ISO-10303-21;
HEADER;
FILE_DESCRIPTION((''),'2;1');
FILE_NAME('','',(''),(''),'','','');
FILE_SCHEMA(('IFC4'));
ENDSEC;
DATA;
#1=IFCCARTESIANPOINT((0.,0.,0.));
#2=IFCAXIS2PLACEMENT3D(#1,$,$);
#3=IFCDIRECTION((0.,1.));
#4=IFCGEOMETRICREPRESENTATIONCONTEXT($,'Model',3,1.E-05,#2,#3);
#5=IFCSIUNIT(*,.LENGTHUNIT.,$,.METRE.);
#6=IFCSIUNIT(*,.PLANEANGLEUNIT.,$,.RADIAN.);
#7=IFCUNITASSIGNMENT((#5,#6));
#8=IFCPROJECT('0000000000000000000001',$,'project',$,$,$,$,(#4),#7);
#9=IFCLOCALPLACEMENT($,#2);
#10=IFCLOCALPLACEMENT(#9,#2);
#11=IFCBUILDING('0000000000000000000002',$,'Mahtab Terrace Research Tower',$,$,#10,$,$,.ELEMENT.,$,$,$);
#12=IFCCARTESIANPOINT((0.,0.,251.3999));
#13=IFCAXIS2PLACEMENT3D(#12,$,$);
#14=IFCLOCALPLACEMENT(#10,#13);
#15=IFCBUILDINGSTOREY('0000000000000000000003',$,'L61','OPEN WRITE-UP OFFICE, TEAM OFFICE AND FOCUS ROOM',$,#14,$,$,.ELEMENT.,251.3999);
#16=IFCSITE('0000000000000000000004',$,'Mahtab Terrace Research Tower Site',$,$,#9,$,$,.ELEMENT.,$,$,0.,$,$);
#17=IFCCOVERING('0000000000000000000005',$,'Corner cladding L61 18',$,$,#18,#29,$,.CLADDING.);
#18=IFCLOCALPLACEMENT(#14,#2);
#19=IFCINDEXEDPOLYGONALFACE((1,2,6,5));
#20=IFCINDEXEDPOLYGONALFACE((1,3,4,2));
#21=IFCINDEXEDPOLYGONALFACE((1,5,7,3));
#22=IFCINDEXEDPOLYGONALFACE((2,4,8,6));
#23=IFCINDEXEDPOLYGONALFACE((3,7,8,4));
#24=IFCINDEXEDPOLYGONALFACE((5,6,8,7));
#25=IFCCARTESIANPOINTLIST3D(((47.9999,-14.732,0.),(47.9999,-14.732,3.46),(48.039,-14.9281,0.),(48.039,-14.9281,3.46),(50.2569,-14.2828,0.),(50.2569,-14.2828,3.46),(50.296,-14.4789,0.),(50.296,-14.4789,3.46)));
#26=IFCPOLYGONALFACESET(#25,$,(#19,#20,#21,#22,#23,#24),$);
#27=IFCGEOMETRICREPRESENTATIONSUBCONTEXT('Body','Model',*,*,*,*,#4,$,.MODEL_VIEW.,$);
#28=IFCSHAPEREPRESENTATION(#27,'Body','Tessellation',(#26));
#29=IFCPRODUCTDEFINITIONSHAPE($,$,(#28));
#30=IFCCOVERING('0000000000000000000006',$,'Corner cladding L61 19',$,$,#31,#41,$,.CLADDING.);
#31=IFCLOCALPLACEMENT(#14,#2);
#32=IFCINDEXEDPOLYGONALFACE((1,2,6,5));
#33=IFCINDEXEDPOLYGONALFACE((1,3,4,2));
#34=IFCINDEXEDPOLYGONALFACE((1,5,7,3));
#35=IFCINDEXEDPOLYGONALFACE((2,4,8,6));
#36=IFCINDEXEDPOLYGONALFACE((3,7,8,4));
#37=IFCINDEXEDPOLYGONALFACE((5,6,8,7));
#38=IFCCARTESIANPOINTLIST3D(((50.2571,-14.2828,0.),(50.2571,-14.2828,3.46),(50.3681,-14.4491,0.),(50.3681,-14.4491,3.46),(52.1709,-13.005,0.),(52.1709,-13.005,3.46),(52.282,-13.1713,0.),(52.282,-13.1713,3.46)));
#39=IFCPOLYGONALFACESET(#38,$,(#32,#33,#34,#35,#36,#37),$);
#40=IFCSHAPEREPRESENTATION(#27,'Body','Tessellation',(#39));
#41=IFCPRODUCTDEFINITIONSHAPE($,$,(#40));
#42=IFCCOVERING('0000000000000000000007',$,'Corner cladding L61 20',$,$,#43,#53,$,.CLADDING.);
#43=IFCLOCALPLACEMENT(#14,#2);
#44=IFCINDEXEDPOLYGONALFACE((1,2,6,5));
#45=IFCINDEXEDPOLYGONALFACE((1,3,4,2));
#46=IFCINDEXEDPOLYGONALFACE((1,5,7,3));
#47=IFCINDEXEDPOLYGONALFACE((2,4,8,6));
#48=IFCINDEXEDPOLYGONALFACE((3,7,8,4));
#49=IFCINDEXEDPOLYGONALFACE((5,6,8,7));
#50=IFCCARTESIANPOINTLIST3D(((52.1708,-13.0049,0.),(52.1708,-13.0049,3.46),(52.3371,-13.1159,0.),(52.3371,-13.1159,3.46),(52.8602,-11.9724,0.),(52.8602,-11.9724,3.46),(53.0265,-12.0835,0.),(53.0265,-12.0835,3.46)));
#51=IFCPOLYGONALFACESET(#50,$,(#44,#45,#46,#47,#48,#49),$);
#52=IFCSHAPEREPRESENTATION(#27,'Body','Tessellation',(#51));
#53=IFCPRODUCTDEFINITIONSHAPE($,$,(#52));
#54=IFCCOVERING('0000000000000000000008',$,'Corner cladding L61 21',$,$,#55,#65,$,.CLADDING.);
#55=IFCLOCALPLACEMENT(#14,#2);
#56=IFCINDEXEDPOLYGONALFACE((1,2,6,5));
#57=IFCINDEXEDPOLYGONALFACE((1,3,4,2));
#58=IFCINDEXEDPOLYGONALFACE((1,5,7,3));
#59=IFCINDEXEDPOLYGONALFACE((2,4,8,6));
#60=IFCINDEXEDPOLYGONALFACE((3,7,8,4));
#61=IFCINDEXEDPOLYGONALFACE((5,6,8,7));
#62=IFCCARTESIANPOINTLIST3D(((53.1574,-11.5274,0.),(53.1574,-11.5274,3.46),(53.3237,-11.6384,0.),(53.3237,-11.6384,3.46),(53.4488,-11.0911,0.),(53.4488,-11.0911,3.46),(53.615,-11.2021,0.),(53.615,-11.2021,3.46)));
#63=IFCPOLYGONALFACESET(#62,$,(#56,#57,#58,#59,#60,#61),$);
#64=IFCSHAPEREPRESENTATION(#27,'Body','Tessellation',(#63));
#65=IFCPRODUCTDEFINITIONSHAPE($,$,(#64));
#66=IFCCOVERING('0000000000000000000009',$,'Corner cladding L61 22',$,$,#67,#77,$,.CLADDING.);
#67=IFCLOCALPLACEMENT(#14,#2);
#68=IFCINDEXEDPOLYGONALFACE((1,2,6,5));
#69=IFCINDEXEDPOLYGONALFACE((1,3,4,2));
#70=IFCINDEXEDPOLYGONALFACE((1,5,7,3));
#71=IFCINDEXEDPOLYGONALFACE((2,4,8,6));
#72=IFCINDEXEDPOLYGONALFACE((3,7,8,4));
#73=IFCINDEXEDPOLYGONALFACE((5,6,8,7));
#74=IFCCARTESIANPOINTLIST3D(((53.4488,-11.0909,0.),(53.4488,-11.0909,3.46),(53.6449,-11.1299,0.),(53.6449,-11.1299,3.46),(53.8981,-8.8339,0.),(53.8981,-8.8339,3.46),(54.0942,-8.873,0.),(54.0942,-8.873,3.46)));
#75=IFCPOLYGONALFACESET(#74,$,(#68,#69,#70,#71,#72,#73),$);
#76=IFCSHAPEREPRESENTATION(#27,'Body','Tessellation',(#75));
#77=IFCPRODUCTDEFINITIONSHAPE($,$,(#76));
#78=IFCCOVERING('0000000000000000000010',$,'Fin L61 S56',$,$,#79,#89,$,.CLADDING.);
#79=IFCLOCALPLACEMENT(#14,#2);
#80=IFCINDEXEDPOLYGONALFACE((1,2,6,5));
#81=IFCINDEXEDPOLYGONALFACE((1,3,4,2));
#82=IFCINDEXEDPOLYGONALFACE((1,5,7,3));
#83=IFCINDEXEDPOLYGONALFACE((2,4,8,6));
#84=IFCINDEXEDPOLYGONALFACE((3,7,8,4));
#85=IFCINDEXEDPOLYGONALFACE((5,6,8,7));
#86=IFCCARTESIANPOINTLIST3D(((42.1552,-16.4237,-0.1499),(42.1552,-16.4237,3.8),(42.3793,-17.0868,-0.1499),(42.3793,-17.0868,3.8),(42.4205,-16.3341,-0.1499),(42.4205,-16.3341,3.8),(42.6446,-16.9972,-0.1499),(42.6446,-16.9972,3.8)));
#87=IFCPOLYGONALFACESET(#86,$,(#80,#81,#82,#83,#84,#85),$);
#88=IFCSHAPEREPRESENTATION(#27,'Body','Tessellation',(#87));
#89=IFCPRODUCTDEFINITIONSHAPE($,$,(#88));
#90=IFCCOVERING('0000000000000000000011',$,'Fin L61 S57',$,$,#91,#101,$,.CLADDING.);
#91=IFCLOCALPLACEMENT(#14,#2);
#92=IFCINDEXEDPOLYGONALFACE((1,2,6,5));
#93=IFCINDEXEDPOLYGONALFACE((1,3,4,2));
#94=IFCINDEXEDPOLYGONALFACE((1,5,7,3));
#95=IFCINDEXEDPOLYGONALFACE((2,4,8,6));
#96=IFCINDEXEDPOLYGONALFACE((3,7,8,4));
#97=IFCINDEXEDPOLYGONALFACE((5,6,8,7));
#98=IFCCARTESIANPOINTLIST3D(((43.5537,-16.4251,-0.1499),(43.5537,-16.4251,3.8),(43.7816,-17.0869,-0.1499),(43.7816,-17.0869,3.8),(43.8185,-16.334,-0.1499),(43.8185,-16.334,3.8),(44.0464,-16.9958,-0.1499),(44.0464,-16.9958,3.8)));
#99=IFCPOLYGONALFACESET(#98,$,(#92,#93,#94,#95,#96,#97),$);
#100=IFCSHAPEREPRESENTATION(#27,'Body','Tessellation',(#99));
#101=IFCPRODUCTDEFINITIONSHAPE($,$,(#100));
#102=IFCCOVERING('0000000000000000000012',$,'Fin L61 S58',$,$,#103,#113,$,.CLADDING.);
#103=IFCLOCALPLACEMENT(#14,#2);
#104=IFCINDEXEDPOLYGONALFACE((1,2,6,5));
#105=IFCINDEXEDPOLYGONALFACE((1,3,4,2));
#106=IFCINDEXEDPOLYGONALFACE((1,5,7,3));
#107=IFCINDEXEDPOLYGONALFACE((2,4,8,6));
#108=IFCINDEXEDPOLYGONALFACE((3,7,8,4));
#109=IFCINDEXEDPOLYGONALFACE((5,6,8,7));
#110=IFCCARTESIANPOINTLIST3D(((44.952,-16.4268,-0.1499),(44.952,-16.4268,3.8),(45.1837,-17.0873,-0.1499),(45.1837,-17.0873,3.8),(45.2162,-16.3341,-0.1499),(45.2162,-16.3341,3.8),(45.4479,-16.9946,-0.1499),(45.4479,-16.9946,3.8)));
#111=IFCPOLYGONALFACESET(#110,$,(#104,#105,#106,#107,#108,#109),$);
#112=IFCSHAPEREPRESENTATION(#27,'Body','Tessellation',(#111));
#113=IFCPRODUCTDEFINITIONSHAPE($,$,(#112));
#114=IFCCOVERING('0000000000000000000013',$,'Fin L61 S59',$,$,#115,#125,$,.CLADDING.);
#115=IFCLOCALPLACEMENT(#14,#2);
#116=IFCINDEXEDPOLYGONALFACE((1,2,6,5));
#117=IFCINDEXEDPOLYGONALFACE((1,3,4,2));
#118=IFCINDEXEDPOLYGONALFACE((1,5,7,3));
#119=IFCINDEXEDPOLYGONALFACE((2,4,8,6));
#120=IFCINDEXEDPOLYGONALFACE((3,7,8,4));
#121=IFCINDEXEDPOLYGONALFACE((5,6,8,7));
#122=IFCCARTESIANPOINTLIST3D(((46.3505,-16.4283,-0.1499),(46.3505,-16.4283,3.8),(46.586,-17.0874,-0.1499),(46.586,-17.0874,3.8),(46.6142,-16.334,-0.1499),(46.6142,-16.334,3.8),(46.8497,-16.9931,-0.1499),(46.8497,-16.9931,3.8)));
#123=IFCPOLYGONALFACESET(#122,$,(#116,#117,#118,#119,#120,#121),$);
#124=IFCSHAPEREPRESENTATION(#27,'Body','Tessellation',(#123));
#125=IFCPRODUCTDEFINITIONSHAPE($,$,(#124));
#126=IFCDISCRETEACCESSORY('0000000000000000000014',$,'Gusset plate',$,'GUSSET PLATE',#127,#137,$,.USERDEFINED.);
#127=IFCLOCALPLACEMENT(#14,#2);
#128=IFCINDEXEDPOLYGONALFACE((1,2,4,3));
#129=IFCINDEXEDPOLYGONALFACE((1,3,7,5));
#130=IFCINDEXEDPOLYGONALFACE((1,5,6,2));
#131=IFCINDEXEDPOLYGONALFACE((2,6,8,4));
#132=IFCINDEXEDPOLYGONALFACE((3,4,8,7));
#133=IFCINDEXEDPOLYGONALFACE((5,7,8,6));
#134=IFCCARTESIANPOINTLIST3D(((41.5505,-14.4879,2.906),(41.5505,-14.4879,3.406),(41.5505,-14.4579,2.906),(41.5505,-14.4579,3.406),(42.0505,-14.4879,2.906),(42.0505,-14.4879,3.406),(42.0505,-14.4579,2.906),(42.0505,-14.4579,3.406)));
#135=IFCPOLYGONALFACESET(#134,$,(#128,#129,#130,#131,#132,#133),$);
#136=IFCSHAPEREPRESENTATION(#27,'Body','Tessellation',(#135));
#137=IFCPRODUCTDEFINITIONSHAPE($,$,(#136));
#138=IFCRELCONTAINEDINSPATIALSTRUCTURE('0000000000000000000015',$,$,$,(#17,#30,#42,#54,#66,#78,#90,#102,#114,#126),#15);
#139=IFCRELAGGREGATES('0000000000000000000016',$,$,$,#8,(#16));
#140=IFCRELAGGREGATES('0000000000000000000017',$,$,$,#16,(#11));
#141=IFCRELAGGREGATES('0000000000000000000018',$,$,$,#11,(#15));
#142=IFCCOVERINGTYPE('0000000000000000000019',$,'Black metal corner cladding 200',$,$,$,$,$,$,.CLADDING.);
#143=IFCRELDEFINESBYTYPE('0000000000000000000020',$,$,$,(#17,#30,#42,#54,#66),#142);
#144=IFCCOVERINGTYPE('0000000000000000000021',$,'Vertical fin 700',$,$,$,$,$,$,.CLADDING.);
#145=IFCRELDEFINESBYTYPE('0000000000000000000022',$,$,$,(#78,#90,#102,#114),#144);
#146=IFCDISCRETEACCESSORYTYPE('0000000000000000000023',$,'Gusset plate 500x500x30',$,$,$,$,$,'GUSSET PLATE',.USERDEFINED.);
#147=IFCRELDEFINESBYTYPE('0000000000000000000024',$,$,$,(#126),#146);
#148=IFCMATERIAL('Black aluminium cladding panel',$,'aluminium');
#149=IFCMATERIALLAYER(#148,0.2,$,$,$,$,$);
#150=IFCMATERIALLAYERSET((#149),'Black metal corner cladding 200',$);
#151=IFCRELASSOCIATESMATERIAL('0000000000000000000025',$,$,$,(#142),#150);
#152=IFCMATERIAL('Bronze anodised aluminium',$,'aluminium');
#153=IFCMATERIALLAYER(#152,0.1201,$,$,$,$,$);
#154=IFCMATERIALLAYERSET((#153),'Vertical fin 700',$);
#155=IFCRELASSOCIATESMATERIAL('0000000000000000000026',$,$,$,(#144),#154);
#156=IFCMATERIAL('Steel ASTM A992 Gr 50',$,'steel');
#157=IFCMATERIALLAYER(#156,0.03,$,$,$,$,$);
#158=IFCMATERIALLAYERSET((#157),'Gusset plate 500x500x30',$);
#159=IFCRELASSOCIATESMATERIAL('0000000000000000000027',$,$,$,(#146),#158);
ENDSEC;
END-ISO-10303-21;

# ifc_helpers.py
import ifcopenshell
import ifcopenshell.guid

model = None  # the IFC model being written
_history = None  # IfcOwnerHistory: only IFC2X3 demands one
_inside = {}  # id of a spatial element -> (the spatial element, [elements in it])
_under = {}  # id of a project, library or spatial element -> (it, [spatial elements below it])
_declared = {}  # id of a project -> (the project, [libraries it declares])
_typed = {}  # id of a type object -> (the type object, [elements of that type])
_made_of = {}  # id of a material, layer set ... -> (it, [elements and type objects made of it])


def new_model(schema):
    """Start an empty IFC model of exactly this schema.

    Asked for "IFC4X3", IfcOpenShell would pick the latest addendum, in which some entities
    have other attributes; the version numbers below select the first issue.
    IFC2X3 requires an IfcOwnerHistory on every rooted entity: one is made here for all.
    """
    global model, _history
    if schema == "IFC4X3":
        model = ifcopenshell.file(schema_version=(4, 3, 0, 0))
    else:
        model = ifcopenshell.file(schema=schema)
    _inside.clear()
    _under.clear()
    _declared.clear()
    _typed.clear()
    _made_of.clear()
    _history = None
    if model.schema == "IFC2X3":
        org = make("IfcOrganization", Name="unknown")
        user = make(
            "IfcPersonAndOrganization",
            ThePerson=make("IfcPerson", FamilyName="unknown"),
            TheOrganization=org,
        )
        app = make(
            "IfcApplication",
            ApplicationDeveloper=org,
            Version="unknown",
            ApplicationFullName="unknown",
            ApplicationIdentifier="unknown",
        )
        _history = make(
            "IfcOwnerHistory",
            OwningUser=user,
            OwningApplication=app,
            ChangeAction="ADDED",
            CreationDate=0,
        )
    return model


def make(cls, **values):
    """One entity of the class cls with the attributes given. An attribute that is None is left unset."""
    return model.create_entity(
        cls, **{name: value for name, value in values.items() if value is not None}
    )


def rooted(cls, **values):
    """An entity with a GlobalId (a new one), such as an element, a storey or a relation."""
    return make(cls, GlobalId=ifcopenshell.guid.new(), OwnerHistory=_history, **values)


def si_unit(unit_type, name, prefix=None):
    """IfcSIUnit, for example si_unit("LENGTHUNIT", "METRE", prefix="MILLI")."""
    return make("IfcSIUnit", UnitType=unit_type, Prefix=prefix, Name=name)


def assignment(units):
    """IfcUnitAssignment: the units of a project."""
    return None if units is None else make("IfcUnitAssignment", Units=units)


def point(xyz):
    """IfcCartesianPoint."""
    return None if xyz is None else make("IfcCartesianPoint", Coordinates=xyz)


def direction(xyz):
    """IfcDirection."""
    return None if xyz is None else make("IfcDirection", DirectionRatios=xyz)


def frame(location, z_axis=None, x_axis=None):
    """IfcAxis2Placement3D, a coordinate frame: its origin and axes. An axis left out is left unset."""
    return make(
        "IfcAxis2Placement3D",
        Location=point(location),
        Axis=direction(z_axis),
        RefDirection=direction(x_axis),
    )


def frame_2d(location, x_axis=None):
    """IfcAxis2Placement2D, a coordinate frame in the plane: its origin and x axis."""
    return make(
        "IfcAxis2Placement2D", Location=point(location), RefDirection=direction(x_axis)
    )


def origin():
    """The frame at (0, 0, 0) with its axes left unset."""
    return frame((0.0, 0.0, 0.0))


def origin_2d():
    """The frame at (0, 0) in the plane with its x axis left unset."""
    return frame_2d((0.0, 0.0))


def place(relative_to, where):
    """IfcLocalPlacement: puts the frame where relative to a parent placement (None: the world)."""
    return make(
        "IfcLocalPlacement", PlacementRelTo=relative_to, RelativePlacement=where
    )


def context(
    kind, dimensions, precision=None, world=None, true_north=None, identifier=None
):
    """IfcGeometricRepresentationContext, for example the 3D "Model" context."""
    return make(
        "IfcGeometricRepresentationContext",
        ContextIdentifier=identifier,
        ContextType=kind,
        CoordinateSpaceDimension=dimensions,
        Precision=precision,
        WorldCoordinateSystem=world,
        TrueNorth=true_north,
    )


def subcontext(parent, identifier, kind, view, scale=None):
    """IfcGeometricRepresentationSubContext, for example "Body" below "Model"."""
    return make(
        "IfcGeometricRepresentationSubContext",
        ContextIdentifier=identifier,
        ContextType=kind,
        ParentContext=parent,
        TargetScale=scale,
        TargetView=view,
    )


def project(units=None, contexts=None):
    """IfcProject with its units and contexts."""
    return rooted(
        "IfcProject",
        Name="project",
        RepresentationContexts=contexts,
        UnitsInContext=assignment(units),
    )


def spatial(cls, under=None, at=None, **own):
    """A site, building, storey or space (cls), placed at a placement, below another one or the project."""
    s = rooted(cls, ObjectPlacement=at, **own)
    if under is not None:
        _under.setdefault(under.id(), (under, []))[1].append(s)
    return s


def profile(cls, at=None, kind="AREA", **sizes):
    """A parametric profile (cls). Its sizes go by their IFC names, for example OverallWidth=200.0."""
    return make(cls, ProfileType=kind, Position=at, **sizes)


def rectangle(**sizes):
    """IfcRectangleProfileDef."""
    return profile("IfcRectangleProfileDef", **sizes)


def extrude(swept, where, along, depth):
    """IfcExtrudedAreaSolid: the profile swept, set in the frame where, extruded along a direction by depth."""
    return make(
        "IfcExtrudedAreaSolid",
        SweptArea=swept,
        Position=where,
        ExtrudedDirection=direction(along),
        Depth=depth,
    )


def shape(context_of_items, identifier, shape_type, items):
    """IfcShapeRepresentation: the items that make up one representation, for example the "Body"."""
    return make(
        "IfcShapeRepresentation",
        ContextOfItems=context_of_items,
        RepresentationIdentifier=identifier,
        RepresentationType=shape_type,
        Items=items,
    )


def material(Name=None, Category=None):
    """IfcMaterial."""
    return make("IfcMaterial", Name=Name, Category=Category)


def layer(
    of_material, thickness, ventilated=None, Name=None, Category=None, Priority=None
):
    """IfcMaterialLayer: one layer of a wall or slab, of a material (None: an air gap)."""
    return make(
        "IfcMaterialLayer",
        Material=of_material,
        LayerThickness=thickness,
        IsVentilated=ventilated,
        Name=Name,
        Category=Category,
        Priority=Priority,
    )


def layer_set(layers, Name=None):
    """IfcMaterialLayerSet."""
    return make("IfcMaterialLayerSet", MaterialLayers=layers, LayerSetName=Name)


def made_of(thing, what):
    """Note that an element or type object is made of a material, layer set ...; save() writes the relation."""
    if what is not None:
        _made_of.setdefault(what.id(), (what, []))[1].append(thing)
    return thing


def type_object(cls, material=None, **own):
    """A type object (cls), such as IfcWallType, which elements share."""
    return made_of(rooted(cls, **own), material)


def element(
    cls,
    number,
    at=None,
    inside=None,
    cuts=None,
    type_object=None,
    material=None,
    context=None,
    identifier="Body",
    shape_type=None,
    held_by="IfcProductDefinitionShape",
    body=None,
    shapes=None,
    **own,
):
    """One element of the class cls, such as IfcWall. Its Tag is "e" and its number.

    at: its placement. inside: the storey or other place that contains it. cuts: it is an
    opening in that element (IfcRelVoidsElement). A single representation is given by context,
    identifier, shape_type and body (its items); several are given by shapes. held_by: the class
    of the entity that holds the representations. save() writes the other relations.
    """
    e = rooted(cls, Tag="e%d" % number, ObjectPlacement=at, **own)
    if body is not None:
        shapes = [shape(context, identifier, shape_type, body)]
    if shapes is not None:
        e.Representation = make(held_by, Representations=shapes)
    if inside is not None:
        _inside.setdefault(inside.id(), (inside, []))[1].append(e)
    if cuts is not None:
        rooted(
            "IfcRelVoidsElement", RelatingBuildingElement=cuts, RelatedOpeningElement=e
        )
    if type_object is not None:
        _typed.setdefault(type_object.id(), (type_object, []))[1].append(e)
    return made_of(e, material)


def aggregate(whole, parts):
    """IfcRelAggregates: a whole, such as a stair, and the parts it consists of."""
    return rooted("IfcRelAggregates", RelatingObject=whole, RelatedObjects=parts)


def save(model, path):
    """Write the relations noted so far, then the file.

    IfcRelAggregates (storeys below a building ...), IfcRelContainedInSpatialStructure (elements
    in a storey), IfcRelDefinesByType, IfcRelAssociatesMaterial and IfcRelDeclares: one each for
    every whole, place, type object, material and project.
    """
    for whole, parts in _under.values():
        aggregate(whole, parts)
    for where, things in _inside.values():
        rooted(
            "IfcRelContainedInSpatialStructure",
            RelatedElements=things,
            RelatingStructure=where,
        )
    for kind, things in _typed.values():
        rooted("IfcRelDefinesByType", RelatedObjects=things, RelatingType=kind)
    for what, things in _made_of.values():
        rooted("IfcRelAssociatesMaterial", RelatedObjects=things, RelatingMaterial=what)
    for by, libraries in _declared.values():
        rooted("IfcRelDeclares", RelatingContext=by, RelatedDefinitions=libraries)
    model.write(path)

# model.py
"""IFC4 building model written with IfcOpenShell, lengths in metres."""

from ifc_helpers import new_model, si_unit, direction, frame, origin, origin_2d, place, context, subcontext, project, spatial, rectangle, extrude, material, layer, layer_set, type_object, element, save


model = new_model("IFC4")

# Units and contexts
model_context = context("Model", 3, precision=1e-05, world=origin(), true_north=direction((0.0, 1.0)))
body_context = subcontext(model_context, "Body", "Model", "MODEL_VIEW")
ifc_project = project(units=[si_unit("LENGTHUNIT", "METRE"), si_unit("PLANEANGLEUNIT", "RADIAN")], contexts=[model_context])

# Site, building, storey
site_placement = place(None, origin())
site = spatial("IfcSite", under=ifc_project, at=site_placement, Name="Mahtab Terrace Research Tower Site", CompositionType="ELEMENT", RefElevation=0.0)
building_placement = place(site_placement, origin())
building = spatial("IfcBuilding", under=site, at=building_placement, Name="Mahtab Terrace Research Tower", CompositionType="ELEMENT")
storey_placement = place(building_placement, frame((0.0, 0.0, 251.3999)))
storey = spatial("IfcBuildingStorey", under=building, at=storey_placement, Name="L61", Description="OPEN WRITE-UP OFFICE, TEAM OFFICE AND FOCUS ROOM", CompositionType="ELEMENT", Elevation=251.3999)

# Shared definitions
ifc_material_1 = material(Name="Steel ASTM A992 Gr 50", Category="steel")

# Coverings
ifc_material_2 = material(Name="Black aluminium cladding panel", Category="aluminium")
ifc_layer_1 = layer(ifc_material_2, 0.2)
ifc_layer_set_1 = layer_set([ifc_layer_1], Name="Black metal corner cladding 200")
covering_type_1 = type_object("IfcCoveringType", Name="Black metal corner cladding 200", PredefinedType="CLADDING", material=ifc_layer_set_1)
for number, where, z_axis, x_axis, name in (
    (1, (49.1479, -14.6055, 0.0), (0.0, 0.0, 1.0), (0.980761, 0.195212, 0.0), "Corner cladding L61 18"),
    (2, (51.2695, -13.7271, 0.0), (0.0, 0.0, 1.0), (0.831656, 0.555291, 0.0), "Corner cladding L61 19"),
):
    element("IfcCovering", number, at=place(storey_placement, frame(where, z_axis=z_axis, x_axis=x_axis)), inside=storey, type_object=covering_type_1, Name=name, PredefinedType="CLADDING", context=body_context, shape_type="SweptSolid", body=[
        extrude(rectangle(XDim=2.3013, YDim=0.2, at=origin_2d()), origin(), (0.0, 0.0, 1.0), 3.46),
    ])
covering_1_placement = place(storey_placement, frame((52.5986, -12.5442, 0.0), z_axis=(0.0, 0.0, 1.0), x_axis=(0.555291, 0.831656, 0.0)))
element("IfcCovering", 3, at=covering_1_placement, inside=storey, type_object=covering_type_1, Name="Corner cladding L61 20", PredefinedType="CLADDING", context=body_context, shape_type="SweptSolid", body=[
    extrude(rectangle(XDim=1.2415, YDim=0.2, at=origin_2d()), origin(), (0.0, 0.0, 1.0), 3.46),
])
covering_2_placement = place(storey_placement, frame((53.3862, -11.3647, 0.0), z_axis=(0.0, 0.0, 1.0), x_axis=(0.555291, 0.831656, 0.0)))
element("IfcCovering", 4, at=covering_2_placement, inside=storey, type_object=covering_type_1, Name="Corner cladding L61 21", PredefinedType="CLADDING", context=body_context, shape_type="SweptSolid", body=[
    extrude(rectangle(XDim=0.5247, YDim=0.2, at=origin_2d()), origin(), (0.0, 0.0, 1.0), 3.46),
])
covering_3_placement = place(storey_placement, frame((53.7715, -9.9819, 0.0), z_axis=(0.0, 0.0, 1.0), x_axis=(0.195212, 0.980761, 0.0)))
element("IfcCovering", 5, at=covering_3_placement, inside=storey, type_object=covering_type_1, Name="Corner cladding L61 22", PredefinedType="CLADDING", context=body_context, shape_type="SweptSolid", body=[
    extrude(rectangle(XDim=2.3013, YDim=0.2, at=origin_2d()), origin(), (0.0, 0.0, 1.0), 3.46),
])
ifc_material_3 = material(Name="Bronze anodised aluminium", Category="aluminium")
ifc_layer_2 = layer(ifc_material_3, 0.1201)
ifc_layer_set_2 = layer_set([ifc_layer_2], Name="Vertical fin 700")
covering_type_2 = type_object("IfcCoveringType", Name="Vertical fin 700", PredefinedType="CLADDING", material=ifc_layer_set_2)
for number, where, z_axis, x_axis, name in (
    (6, (42.3999, -16.7104, -0.1499), (0.0, 0.0, 1.0), (0.947397, 0.320062, 0.0), "Fin L61 S56"),
    (7, (43.8, -16.7104, -0.1499), (0.0, 0.0, 1.0), (0.945519, 0.325568, 0.0), "Fin L61 S57"),
    (8, (45.2, -16.7107, -0.1499), (0.0, 0.0, 1.0), (0.943609, 0.331063, 0.0), "Fin L61 S58"),
    (9, (46.6001, -16.7107, -0.1499), (0.0, 0.0, 1.0), (0.941666, 0.336547, 0.0), "Fin L61 S59"),
):
    element("IfcCovering", number, at=place(storey_placement, frame(where, z_axis=z_axis, x_axis=x_axis)), inside=storey, type_object=covering_type_2, Name=name, PredefinedType="CLADDING", context=body_context, shape_type="SweptSolid", body=[
        extrude(rectangle(XDim=0.28, YDim=0.7, at=origin_2d()), origin(), (0.0, 0.0, 1.0), 3.95),
    ])

# Discrete accessory
ifc_layer_3 = layer(ifc_material_1, 0.03)
ifc_layer_set_3 = layer_set([ifc_layer_3], Name="Gusset plate 500x500x30")
discrete_accessory_type = type_object("IfcDiscreteAccessoryType", Name="Gusset plate 500x500x30", ElementType="GUSSET PLATE", PredefinedType="USERDEFINED", material=ifc_layer_set_3)
discrete_accessory_placement = place(storey_placement, frame((41.8005, -14.4729, 2.906), z_axis=(0.0, 0.0, 1.0), x_axis=(1.0, 0.0, 0.0)))
element("IfcDiscreteAccessory", 10, at=discrete_accessory_placement, inside=storey, type_object=discrete_accessory_type, Name="Gusset plate", ObjectType="GUSSET PLATE", PredefinedType="USERDEFINED", context=body_context, shape_type="SweptSolid", body=[
    extrude(rectangle(XDim=0.5, YDim=0.03, at=origin_2d()), origin(), (0.0, 0.0, 1.0), 0.5),
])

save(model, "model.ifc")
